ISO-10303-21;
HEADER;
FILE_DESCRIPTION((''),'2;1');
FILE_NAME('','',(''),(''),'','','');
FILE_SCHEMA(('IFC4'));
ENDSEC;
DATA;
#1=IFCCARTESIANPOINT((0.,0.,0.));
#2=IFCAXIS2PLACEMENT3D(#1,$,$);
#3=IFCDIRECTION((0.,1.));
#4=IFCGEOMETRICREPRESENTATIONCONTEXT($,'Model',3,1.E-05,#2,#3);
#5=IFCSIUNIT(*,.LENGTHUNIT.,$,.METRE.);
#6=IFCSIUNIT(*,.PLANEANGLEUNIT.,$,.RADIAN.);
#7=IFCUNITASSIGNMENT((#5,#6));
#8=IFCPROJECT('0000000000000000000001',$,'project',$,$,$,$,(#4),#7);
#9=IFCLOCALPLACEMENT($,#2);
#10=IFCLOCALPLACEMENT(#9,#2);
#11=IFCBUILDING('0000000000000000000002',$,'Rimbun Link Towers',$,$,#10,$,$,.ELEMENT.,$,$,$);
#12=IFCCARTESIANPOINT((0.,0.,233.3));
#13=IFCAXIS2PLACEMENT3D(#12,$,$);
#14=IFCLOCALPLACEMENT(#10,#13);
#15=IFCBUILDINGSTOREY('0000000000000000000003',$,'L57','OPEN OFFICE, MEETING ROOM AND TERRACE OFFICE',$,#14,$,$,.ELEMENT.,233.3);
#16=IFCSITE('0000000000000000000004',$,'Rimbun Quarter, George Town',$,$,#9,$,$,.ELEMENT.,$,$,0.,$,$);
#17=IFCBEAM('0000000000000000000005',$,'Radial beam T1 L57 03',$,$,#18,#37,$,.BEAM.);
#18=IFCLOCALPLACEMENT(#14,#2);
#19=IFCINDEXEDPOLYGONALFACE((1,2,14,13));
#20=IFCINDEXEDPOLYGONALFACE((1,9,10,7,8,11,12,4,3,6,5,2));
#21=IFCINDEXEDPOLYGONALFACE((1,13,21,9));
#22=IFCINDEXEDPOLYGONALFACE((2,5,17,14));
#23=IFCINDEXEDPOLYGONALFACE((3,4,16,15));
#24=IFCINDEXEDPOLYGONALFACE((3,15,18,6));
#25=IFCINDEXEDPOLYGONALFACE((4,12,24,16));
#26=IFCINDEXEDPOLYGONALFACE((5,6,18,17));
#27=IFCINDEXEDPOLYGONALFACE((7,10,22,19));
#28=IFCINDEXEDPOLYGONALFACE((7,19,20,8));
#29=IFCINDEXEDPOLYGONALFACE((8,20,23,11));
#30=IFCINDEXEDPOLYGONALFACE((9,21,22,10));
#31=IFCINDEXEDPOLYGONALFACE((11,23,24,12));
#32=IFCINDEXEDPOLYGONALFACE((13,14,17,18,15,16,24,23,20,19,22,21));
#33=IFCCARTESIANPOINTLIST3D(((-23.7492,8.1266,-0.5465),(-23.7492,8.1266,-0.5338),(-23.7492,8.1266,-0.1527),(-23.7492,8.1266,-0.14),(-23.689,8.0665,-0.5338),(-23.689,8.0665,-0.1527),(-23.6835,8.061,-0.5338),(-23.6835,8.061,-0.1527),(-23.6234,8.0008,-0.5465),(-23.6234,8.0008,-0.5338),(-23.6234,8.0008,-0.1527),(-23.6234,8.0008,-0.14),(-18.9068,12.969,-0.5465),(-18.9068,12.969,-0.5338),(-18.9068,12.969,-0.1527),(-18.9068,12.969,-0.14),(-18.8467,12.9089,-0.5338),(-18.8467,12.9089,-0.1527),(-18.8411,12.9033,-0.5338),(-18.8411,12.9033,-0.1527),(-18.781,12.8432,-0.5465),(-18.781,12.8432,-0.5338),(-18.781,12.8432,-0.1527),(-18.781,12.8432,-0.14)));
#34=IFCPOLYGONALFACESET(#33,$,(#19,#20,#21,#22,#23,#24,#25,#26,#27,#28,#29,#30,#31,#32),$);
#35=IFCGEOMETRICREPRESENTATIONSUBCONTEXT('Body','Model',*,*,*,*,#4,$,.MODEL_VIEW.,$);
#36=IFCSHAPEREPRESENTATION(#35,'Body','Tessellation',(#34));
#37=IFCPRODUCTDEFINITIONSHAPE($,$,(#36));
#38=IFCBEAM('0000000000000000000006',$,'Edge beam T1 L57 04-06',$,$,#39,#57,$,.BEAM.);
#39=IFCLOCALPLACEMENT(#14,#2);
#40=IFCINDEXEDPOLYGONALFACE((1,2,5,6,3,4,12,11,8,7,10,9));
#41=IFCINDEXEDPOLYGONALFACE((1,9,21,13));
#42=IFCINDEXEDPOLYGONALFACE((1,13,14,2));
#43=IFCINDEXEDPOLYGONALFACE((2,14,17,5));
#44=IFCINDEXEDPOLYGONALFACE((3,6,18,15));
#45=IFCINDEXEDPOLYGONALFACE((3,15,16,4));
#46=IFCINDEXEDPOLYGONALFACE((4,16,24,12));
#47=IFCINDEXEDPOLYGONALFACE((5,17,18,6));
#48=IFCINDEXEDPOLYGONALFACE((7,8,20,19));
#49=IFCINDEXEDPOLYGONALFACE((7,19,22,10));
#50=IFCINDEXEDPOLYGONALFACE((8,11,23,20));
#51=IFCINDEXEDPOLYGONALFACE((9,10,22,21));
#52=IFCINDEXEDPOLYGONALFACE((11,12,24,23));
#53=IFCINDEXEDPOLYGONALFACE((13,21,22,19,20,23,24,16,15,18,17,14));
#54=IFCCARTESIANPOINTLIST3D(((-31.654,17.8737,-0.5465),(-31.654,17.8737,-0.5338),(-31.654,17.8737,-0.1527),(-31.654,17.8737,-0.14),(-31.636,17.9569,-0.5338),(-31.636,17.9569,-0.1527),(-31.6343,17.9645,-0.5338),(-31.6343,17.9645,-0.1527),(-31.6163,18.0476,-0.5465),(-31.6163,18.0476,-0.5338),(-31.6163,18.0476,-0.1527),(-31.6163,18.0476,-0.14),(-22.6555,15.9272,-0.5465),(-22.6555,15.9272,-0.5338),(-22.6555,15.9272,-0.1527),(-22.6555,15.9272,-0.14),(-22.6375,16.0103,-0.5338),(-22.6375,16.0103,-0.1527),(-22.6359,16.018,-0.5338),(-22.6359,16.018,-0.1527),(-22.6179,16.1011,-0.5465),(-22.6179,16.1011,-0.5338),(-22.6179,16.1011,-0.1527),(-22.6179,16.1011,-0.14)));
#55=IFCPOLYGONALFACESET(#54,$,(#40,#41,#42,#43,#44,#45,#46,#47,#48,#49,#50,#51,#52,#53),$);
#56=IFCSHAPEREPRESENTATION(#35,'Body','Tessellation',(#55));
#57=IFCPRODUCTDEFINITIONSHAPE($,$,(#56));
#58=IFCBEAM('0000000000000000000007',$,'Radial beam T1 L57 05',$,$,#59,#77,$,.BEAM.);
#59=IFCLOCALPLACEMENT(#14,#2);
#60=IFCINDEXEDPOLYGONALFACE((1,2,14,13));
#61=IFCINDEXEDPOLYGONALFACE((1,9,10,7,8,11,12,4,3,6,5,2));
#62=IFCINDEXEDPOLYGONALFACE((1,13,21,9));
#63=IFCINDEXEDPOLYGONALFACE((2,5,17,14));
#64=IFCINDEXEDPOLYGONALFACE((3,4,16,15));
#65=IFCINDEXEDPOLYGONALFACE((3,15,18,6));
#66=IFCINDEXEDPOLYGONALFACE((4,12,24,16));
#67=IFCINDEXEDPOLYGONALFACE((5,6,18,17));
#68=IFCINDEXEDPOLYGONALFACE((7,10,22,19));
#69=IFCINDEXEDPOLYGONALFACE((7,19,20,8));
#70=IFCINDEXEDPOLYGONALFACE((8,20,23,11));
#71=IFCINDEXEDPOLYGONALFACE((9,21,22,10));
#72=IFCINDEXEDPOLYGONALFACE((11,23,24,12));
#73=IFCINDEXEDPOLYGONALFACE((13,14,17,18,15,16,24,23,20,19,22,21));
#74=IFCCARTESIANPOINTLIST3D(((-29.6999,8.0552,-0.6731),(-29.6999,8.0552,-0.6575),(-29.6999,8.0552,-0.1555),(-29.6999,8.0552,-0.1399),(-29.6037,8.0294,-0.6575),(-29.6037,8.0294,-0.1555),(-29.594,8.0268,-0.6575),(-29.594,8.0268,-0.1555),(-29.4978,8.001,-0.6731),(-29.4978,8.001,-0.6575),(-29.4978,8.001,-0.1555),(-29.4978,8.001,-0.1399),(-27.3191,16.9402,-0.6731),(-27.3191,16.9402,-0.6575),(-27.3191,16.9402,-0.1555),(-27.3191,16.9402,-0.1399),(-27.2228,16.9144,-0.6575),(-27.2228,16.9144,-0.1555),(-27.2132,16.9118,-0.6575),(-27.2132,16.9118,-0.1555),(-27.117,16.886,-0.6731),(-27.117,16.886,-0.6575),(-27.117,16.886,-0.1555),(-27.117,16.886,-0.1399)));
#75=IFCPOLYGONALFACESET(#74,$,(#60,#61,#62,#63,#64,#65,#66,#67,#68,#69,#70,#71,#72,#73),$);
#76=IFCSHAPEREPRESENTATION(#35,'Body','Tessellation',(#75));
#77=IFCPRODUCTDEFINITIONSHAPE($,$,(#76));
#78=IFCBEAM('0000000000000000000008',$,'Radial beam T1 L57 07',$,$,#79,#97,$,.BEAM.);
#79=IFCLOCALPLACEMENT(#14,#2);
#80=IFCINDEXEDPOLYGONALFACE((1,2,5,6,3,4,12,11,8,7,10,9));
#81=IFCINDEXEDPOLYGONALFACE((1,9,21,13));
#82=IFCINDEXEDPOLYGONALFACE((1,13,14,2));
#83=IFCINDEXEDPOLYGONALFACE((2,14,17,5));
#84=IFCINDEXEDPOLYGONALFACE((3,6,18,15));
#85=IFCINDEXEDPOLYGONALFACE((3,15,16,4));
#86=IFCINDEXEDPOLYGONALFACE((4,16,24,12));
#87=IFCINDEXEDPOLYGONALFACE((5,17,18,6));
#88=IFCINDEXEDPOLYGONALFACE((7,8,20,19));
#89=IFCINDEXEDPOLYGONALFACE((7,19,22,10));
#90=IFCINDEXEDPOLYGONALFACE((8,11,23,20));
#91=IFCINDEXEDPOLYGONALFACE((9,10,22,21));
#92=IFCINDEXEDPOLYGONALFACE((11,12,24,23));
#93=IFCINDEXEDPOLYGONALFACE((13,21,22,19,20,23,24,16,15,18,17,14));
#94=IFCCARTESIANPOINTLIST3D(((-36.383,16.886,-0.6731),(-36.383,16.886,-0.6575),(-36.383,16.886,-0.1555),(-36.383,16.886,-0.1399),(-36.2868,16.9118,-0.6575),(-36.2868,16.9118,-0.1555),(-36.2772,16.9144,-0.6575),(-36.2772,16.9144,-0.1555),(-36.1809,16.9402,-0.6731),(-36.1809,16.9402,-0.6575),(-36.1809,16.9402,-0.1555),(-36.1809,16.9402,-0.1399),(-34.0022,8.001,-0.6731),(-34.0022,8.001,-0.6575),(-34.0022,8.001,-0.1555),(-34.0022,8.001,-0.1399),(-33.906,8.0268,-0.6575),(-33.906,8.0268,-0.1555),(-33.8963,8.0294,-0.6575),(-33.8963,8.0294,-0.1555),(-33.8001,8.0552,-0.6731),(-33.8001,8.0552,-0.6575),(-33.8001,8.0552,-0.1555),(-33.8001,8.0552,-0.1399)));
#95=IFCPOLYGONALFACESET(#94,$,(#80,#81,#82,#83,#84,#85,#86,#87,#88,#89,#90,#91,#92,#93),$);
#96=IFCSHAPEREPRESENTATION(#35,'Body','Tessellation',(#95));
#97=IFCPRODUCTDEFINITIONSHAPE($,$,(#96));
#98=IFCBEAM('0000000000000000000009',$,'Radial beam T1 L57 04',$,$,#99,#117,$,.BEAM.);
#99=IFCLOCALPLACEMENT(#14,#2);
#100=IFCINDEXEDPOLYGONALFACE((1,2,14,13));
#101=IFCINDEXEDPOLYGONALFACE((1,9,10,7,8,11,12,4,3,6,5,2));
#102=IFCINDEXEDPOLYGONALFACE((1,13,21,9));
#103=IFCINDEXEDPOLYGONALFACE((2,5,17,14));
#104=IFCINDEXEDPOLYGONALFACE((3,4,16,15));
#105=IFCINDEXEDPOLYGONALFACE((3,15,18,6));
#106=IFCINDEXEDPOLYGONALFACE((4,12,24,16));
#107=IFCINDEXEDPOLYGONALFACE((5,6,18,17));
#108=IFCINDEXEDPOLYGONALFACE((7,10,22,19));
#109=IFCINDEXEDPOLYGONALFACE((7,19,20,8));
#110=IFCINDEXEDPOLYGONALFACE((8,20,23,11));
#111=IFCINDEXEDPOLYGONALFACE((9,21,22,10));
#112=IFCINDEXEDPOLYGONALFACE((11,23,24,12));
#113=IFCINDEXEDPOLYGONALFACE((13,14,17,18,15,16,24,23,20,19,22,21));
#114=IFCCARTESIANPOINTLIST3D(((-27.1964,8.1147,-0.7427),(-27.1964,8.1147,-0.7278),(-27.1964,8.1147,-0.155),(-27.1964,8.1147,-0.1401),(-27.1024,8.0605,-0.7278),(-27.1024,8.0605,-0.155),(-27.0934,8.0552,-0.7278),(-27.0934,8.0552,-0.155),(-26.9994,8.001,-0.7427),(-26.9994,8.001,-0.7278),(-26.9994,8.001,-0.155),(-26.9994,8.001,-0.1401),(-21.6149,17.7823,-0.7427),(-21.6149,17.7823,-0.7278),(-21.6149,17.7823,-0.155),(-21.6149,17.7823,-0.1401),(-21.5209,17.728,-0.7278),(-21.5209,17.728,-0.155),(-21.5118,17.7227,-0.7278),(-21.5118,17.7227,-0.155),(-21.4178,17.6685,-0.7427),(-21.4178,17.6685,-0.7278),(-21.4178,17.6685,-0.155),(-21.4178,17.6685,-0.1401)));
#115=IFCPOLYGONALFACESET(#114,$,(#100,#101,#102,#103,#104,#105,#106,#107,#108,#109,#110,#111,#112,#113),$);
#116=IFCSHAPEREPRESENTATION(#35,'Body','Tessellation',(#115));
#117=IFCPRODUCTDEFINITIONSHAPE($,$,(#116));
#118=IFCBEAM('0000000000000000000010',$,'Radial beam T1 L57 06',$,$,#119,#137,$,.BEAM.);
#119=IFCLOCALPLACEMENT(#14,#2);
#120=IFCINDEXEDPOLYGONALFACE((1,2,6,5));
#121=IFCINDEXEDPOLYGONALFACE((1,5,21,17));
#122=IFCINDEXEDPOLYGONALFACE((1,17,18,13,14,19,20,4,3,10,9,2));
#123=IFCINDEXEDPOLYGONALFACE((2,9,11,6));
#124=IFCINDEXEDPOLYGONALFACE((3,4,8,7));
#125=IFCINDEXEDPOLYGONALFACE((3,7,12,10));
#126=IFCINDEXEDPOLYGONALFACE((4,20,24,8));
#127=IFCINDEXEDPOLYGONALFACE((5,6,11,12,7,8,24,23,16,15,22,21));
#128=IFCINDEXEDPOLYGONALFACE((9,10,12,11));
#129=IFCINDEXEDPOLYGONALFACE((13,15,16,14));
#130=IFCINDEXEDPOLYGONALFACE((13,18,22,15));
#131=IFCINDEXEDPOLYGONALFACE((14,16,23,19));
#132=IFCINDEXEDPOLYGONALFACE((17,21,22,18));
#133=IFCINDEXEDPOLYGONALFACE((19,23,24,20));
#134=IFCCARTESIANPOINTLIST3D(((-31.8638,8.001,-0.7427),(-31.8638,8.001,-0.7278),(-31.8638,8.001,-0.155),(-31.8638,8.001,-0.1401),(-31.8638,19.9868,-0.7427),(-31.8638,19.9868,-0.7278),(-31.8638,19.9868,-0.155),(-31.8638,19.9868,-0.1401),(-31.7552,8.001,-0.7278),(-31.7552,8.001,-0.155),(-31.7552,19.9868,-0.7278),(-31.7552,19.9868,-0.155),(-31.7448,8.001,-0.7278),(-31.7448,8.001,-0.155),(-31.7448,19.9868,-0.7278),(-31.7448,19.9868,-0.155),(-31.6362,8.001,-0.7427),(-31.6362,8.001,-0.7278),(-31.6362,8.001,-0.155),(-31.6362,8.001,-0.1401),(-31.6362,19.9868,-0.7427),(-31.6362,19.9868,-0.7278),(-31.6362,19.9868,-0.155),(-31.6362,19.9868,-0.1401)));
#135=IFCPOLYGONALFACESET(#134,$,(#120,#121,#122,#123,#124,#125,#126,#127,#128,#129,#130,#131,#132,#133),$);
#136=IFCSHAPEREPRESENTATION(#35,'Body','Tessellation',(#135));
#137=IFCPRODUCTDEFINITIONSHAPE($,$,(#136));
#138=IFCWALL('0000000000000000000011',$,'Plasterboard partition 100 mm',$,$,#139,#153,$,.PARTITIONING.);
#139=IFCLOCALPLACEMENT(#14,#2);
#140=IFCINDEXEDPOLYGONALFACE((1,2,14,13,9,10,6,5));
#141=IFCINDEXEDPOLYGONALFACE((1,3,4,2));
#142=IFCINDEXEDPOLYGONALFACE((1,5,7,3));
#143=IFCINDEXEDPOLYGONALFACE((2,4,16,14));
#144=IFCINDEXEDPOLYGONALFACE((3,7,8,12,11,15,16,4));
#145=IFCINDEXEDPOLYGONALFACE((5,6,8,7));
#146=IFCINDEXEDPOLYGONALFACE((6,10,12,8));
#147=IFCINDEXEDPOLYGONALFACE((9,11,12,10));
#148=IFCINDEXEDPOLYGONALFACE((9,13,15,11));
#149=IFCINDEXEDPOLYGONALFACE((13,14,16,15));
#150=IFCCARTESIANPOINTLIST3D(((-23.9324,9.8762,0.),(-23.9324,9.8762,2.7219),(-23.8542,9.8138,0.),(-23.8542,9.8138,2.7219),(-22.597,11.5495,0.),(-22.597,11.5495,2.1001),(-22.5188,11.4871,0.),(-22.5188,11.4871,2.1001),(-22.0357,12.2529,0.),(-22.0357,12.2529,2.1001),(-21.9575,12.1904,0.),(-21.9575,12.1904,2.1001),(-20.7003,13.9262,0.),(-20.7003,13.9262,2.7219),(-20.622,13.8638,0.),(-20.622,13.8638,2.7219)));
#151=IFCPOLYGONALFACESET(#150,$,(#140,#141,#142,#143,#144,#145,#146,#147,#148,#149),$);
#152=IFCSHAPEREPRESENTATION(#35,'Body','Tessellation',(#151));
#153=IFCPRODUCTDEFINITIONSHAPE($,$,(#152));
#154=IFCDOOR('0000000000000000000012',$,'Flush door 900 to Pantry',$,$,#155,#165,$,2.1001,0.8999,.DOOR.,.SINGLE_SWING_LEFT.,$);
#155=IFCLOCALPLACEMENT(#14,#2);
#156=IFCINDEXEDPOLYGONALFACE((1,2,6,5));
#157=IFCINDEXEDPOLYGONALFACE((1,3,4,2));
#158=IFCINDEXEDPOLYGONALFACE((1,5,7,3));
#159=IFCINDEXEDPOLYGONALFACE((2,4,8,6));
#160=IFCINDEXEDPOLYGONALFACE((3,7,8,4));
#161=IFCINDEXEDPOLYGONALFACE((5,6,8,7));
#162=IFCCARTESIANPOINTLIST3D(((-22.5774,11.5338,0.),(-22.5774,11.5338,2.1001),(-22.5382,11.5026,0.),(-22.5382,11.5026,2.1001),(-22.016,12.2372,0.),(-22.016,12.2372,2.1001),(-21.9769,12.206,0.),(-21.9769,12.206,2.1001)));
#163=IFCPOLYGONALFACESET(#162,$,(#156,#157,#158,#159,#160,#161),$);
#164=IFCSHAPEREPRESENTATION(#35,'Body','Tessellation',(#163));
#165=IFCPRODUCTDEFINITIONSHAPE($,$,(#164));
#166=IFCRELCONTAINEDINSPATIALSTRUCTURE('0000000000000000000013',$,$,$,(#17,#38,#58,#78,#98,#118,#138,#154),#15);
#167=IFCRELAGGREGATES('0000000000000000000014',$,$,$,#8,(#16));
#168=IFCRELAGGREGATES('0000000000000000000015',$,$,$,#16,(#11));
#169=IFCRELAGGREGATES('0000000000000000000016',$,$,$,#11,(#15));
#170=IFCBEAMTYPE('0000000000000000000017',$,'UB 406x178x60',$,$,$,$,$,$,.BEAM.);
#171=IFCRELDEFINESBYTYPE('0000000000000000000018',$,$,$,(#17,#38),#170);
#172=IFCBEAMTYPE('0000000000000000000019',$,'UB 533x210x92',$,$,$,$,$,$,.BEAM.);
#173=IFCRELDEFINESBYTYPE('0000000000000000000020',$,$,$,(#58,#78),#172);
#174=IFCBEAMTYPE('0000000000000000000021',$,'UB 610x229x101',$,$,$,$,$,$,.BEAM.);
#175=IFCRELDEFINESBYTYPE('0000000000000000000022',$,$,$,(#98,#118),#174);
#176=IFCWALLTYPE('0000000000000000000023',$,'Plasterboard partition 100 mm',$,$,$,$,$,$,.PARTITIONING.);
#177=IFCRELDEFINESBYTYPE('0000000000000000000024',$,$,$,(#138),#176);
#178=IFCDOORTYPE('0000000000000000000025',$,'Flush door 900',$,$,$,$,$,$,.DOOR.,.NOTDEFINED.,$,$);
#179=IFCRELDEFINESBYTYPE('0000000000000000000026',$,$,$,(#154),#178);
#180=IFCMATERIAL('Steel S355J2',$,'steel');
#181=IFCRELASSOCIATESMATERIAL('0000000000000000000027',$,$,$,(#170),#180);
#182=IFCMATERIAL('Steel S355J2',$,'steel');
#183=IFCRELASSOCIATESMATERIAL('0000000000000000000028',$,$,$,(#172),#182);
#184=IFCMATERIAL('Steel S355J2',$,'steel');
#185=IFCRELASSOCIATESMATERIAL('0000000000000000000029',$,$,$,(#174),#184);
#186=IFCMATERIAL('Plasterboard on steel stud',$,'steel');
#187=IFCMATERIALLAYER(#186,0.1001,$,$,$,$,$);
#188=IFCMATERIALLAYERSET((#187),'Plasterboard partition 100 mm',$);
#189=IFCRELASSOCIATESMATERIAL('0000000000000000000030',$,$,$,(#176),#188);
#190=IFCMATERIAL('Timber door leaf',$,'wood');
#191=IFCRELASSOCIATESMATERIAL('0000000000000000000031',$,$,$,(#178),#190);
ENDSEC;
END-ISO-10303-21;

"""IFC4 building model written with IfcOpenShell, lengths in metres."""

from ifc_helpers import new_model, si_unit, direction, frame, frame_2d, origin, origin_2d, place, context, subcontext, project, spatial, rectangle, i_section, extrude, material, layer, layer_set, material_profile, profile_set, type_object, element, fill, save


model = new_model("IFC4")

# Units and contexts
model_context = context("Model", 3, precision=1e-05, world=origin(), true_north=direction((0.0, 1.0)))
body_context = subcontext(model_context, "Body", "Model", "MODEL_VIEW")
ifc_project = project(units=[si_unit("LENGTHUNIT", "METRE"), si_unit("PLANEANGLEUNIT", "RADIAN")], contexts=[model_context])

# Site, building, storey
site_placement = place(None, origin())
site = spatial("IfcSite", under=ifc_project, at=site_placement, Name="Rimbun Quarter, George Town", CompositionType="ELEMENT", RefElevation=0.0)
building_placement = place(site_placement, origin())
building = spatial("IfcBuilding", under=site, at=building_placement, Name="Rimbun Link Towers", CompositionType="ELEMENT")
storey_placement = place(building_placement, frame((0.0, 0.0, 233.3)))
storey = spatial("IfcBuildingStorey", under=building, at=storey_placement, Name="L57", Description="OPEN OFFICE, MEETING ROOM AND TERRACE OFFICE", CompositionType="ELEMENT", Elevation=233.3)

# Beams
ifc_material_1 = material(Name="Steel S355J2", Category="steel")
ifc_material_profile_1 = material_profile(ifc_material_1, i_section(OverallWidth=0.178, OverallDepth=0.4065, WebThickness=0.0078, FlangeThickness=0.0127, at=origin_2d()), Name="UB 406x178x60")
ifc_profile_set_1 = profile_set([ifc_material_profile_1], Name="Steel S355J2")
beam_type_1 = type_object("IfcBeamType", Name="UB 406x178x60", PredefinedType="BEAM", material=ifc_profile_set_1)
beam_1_placement = place(storey_placement, frame((-23.6863, 8.0637, -0.3433), z_axis=(0.707107, 0.707107, 0.0), x_axis=(-0.707107, 0.707107, 0.0)))
element("IfcBeam", 1, at=beam_1_placement, inside=storey, type_object=beam_type_1, Name="Radial beam T1 L57 03", PredefinedType="BEAM", context=body_context, shape_type="SweptSolid", body=[
    extrude(i_section(OverallWidth=0.178, OverallDepth=0.4065, WebThickness=0.0078, FlangeThickness=0.0127, at=origin_2d()), origin(), (0.0, 0.0, 1.0), 6.8481),
])
beam_2_placement = place(storey_placement, frame((-22.6367, 16.0142, -0.3433), z_axis=(-0.977394, 0.211427, 0.0), x_axis=(-0.211427, -0.977394, 0.0)))
element("IfcBeam", 2, at=beam_2_placement, inside=storey, type_object=beam_type_1, Name="Edge beam T1 L57 04-06", PredefinedType="BEAM", context=body_context, shape_type="SweptSolid", body=[
    extrude(i_section(OverallWidth=0.178, OverallDepth=0.4065, WebThickness=0.0078, FlangeThickness=0.0127, at=origin_2d()), origin(), (0.0, 0.0, 1.0), 9.2065),
])
ifc_material_2 = material(Name="Steel S355J2", Category="steel")
ifc_material_profile_2 = material_profile(ifc_material_2, i_section(OverallWidth=0.2092, OverallDepth=0.5332, WebThickness=0.01, FlangeThickness=0.0156, at=origin_2d()), Name="UB 533x210x92")
ifc_profile_set_2 = profile_set([ifc_material_profile_2], Name="Steel S355J2")
beam_type_2 = type_object("IfcBeamType", Name="UB 533x210x92", PredefinedType="BEAM", material=ifc_profile_set_2)
for number, where, z_axis, x_axis, name in (
    (3, (-29.5989, 8.0281, -0.4065), (0.258832, 0.965922, 0.0), (-0.965922, 0.258832, 0.0), "Radial beam T1 L57 05"),
    (4, (-33.9011, 8.0281, -0.4065), (-0.258832, 0.965922, 0.0), (-0.965922, -0.258832, 0.0), "Radial beam T1 L57 07"),
):
    element("IfcBeam", number, at=place(storey_placement, frame(where, z_axis=z_axis, x_axis=x_axis)), inside=storey, type_object=beam_type_2, Name=name, PredefinedType="BEAM", context=body_context, shape_type="SweptSolid", body=[
        extrude(i_section(OverallWidth=0.2092, OverallDepth=0.5332, WebThickness=0.01, FlangeThickness=0.0156, at=origin_2d()), origin(), (0.0, 0.0, 1.0), 9.1985),
    ])
ifc_material_3 = material(Name="Steel S355J2", Category="steel")
ifc_material_profile_3 = material_profile(ifc_material_3, i_section(OverallWidth=0.2275, OverallDepth=0.6025, WebThickness=0.0105, FlangeThickness=0.0149, at=origin_2d()), Name="UB 610x229x101")
ifc_profile_set_3 = profile_set([ifc_material_profile_3], Name="Steel S355J2")
beam_type_3 = type_object("IfcBeamType", Name="UB 610x229x101", PredefinedType="BEAM", material=ifc_profile_set_3)
beam_3_placement = place(storey_placement, frame((-27.0979, 8.0579, -0.4414), z_axis=(0.500001, 0.866025, 0.0), x_axis=(-0.866025, 0.500001, 0.0)))
element("IfcBeam", 5, at=beam_3_placement, inside=storey, type_object=beam_type_3, Name="Radial beam T1 L57 04", PredefinedType="BEAM", context=body_context, shape_type="SweptSolid", body=[
    extrude(i_section(OverallWidth=0.2275, OverallDepth=0.6025, WebThickness=0.0105, FlangeThickness=0.0149, at=origin_2d()), origin(), (0.0, 0.0, 1.0), 11.1631),
])
beam_4_placement = place(storey_placement, frame((-31.75, 8.001, -0.4414), z_axis=(0.0, 1.0, 0.0), x_axis=(-1.0, 0.0, 0.0)))
element("IfcBeam", 6, at=beam_4_placement, inside=storey, type_object=beam_type_3, Name="Radial beam T1 L57 06", PredefinedType="BEAM", context=body_context, shape_type="SweptSolid", body=[
    extrude(i_section(OverallWidth=0.2275, OverallDepth=0.6025, WebThickness=0.0105, FlangeThickness=0.0149, at=origin_2d()), origin(), (0.0, 0.0, 1.0), 11.9858),
])

# Wall, opening, door
ifc_material_4 = material(Name="Plasterboard on steel stud", Category="steel")
ifc_layer_1 = layer(ifc_material_4, 0.1001)
ifc_layer_set_1 = layer_set([ifc_layer_1], Name="Plasterboard partition 100 mm")
wall_type_1 = type_object("IfcWallType", Name="Plasterboard partition 100 mm", PredefinedType="PARTITIONING", material=ifc_layer_set_1)
wall_1_placement = place(storey_placement, frame((-23.8933, 9.845, 0.0), z_axis=(0.0, 0.0, 1.0), x_axis=(0.62377, 0.781608, 0.0)))
wall_1 = element("IfcWall", 7, at=wall_1_placement, inside=storey, type_object=wall_type_1, Name="Plasterboard partition 100 mm", PredefinedType="PARTITIONING", context=body_context, shape_type="SweptSolid", body=[
    extrude(rectangle(XDim=5.1816, YDim=0.1001, at=frame_2d((2.5908, 0.0))), origin(), (0.0, 0.0, 1.0), 2.7219),
])
opening_1_placement = place(wall_1_placement, frame((2.1409, 0.0, 0.0)))
opening_1 = element("IfcOpeningElement", 8, at=opening_1_placement, cuts=wall_1, PredefinedType="OPENING", context=body_context, shape_type="SweptSolid", body=[
    extrude(rectangle(XDim=0.8999, YDim=2.1001, at=frame_2d((0.45, 1.05))), frame((0.0, 0.0601, 0.0), z_axis=(0.0, -1.0, 0.0), x_axis=(1.0, 0.0, 0.0)), (0.0, 0.0, 1.0), 0.1201),
])
ifc_material_5 = material(Name="Timber door leaf", Category="wood")
door_type_1 = type_object("IfcDoorType", Name="Flush door 900", OperationType="NOTDEFINED", PredefinedType="DOOR", material=ifc_material_5)
door_1_placement = place(opening_1_placement, origin())
door_1 = element("IfcDoor", 9, at=door_1_placement, inside=storey, type_object=door_type_1, Name="Flush door 900 to Pantry", OperationType="SINGLE_SWING_LEFT", OverallHeight=2.1001, OverallWidth=0.8999, PredefinedType="DOOR", context=body_context, shape_type="SweptSolid", body=[
    extrude(rectangle(XDim=0.8999, YDim=2.1001, at=frame_2d((0.45, 1.05))), frame((0.0, 0.0249, 0.0), z_axis=(0.0, -1.0, 0.0), x_axis=(1.0, 0.0, 0.0)), (0.0, 0.0, 1.0), 0.05),
])
fill(opening_1, door_1)

save(model, "model.ifc")
